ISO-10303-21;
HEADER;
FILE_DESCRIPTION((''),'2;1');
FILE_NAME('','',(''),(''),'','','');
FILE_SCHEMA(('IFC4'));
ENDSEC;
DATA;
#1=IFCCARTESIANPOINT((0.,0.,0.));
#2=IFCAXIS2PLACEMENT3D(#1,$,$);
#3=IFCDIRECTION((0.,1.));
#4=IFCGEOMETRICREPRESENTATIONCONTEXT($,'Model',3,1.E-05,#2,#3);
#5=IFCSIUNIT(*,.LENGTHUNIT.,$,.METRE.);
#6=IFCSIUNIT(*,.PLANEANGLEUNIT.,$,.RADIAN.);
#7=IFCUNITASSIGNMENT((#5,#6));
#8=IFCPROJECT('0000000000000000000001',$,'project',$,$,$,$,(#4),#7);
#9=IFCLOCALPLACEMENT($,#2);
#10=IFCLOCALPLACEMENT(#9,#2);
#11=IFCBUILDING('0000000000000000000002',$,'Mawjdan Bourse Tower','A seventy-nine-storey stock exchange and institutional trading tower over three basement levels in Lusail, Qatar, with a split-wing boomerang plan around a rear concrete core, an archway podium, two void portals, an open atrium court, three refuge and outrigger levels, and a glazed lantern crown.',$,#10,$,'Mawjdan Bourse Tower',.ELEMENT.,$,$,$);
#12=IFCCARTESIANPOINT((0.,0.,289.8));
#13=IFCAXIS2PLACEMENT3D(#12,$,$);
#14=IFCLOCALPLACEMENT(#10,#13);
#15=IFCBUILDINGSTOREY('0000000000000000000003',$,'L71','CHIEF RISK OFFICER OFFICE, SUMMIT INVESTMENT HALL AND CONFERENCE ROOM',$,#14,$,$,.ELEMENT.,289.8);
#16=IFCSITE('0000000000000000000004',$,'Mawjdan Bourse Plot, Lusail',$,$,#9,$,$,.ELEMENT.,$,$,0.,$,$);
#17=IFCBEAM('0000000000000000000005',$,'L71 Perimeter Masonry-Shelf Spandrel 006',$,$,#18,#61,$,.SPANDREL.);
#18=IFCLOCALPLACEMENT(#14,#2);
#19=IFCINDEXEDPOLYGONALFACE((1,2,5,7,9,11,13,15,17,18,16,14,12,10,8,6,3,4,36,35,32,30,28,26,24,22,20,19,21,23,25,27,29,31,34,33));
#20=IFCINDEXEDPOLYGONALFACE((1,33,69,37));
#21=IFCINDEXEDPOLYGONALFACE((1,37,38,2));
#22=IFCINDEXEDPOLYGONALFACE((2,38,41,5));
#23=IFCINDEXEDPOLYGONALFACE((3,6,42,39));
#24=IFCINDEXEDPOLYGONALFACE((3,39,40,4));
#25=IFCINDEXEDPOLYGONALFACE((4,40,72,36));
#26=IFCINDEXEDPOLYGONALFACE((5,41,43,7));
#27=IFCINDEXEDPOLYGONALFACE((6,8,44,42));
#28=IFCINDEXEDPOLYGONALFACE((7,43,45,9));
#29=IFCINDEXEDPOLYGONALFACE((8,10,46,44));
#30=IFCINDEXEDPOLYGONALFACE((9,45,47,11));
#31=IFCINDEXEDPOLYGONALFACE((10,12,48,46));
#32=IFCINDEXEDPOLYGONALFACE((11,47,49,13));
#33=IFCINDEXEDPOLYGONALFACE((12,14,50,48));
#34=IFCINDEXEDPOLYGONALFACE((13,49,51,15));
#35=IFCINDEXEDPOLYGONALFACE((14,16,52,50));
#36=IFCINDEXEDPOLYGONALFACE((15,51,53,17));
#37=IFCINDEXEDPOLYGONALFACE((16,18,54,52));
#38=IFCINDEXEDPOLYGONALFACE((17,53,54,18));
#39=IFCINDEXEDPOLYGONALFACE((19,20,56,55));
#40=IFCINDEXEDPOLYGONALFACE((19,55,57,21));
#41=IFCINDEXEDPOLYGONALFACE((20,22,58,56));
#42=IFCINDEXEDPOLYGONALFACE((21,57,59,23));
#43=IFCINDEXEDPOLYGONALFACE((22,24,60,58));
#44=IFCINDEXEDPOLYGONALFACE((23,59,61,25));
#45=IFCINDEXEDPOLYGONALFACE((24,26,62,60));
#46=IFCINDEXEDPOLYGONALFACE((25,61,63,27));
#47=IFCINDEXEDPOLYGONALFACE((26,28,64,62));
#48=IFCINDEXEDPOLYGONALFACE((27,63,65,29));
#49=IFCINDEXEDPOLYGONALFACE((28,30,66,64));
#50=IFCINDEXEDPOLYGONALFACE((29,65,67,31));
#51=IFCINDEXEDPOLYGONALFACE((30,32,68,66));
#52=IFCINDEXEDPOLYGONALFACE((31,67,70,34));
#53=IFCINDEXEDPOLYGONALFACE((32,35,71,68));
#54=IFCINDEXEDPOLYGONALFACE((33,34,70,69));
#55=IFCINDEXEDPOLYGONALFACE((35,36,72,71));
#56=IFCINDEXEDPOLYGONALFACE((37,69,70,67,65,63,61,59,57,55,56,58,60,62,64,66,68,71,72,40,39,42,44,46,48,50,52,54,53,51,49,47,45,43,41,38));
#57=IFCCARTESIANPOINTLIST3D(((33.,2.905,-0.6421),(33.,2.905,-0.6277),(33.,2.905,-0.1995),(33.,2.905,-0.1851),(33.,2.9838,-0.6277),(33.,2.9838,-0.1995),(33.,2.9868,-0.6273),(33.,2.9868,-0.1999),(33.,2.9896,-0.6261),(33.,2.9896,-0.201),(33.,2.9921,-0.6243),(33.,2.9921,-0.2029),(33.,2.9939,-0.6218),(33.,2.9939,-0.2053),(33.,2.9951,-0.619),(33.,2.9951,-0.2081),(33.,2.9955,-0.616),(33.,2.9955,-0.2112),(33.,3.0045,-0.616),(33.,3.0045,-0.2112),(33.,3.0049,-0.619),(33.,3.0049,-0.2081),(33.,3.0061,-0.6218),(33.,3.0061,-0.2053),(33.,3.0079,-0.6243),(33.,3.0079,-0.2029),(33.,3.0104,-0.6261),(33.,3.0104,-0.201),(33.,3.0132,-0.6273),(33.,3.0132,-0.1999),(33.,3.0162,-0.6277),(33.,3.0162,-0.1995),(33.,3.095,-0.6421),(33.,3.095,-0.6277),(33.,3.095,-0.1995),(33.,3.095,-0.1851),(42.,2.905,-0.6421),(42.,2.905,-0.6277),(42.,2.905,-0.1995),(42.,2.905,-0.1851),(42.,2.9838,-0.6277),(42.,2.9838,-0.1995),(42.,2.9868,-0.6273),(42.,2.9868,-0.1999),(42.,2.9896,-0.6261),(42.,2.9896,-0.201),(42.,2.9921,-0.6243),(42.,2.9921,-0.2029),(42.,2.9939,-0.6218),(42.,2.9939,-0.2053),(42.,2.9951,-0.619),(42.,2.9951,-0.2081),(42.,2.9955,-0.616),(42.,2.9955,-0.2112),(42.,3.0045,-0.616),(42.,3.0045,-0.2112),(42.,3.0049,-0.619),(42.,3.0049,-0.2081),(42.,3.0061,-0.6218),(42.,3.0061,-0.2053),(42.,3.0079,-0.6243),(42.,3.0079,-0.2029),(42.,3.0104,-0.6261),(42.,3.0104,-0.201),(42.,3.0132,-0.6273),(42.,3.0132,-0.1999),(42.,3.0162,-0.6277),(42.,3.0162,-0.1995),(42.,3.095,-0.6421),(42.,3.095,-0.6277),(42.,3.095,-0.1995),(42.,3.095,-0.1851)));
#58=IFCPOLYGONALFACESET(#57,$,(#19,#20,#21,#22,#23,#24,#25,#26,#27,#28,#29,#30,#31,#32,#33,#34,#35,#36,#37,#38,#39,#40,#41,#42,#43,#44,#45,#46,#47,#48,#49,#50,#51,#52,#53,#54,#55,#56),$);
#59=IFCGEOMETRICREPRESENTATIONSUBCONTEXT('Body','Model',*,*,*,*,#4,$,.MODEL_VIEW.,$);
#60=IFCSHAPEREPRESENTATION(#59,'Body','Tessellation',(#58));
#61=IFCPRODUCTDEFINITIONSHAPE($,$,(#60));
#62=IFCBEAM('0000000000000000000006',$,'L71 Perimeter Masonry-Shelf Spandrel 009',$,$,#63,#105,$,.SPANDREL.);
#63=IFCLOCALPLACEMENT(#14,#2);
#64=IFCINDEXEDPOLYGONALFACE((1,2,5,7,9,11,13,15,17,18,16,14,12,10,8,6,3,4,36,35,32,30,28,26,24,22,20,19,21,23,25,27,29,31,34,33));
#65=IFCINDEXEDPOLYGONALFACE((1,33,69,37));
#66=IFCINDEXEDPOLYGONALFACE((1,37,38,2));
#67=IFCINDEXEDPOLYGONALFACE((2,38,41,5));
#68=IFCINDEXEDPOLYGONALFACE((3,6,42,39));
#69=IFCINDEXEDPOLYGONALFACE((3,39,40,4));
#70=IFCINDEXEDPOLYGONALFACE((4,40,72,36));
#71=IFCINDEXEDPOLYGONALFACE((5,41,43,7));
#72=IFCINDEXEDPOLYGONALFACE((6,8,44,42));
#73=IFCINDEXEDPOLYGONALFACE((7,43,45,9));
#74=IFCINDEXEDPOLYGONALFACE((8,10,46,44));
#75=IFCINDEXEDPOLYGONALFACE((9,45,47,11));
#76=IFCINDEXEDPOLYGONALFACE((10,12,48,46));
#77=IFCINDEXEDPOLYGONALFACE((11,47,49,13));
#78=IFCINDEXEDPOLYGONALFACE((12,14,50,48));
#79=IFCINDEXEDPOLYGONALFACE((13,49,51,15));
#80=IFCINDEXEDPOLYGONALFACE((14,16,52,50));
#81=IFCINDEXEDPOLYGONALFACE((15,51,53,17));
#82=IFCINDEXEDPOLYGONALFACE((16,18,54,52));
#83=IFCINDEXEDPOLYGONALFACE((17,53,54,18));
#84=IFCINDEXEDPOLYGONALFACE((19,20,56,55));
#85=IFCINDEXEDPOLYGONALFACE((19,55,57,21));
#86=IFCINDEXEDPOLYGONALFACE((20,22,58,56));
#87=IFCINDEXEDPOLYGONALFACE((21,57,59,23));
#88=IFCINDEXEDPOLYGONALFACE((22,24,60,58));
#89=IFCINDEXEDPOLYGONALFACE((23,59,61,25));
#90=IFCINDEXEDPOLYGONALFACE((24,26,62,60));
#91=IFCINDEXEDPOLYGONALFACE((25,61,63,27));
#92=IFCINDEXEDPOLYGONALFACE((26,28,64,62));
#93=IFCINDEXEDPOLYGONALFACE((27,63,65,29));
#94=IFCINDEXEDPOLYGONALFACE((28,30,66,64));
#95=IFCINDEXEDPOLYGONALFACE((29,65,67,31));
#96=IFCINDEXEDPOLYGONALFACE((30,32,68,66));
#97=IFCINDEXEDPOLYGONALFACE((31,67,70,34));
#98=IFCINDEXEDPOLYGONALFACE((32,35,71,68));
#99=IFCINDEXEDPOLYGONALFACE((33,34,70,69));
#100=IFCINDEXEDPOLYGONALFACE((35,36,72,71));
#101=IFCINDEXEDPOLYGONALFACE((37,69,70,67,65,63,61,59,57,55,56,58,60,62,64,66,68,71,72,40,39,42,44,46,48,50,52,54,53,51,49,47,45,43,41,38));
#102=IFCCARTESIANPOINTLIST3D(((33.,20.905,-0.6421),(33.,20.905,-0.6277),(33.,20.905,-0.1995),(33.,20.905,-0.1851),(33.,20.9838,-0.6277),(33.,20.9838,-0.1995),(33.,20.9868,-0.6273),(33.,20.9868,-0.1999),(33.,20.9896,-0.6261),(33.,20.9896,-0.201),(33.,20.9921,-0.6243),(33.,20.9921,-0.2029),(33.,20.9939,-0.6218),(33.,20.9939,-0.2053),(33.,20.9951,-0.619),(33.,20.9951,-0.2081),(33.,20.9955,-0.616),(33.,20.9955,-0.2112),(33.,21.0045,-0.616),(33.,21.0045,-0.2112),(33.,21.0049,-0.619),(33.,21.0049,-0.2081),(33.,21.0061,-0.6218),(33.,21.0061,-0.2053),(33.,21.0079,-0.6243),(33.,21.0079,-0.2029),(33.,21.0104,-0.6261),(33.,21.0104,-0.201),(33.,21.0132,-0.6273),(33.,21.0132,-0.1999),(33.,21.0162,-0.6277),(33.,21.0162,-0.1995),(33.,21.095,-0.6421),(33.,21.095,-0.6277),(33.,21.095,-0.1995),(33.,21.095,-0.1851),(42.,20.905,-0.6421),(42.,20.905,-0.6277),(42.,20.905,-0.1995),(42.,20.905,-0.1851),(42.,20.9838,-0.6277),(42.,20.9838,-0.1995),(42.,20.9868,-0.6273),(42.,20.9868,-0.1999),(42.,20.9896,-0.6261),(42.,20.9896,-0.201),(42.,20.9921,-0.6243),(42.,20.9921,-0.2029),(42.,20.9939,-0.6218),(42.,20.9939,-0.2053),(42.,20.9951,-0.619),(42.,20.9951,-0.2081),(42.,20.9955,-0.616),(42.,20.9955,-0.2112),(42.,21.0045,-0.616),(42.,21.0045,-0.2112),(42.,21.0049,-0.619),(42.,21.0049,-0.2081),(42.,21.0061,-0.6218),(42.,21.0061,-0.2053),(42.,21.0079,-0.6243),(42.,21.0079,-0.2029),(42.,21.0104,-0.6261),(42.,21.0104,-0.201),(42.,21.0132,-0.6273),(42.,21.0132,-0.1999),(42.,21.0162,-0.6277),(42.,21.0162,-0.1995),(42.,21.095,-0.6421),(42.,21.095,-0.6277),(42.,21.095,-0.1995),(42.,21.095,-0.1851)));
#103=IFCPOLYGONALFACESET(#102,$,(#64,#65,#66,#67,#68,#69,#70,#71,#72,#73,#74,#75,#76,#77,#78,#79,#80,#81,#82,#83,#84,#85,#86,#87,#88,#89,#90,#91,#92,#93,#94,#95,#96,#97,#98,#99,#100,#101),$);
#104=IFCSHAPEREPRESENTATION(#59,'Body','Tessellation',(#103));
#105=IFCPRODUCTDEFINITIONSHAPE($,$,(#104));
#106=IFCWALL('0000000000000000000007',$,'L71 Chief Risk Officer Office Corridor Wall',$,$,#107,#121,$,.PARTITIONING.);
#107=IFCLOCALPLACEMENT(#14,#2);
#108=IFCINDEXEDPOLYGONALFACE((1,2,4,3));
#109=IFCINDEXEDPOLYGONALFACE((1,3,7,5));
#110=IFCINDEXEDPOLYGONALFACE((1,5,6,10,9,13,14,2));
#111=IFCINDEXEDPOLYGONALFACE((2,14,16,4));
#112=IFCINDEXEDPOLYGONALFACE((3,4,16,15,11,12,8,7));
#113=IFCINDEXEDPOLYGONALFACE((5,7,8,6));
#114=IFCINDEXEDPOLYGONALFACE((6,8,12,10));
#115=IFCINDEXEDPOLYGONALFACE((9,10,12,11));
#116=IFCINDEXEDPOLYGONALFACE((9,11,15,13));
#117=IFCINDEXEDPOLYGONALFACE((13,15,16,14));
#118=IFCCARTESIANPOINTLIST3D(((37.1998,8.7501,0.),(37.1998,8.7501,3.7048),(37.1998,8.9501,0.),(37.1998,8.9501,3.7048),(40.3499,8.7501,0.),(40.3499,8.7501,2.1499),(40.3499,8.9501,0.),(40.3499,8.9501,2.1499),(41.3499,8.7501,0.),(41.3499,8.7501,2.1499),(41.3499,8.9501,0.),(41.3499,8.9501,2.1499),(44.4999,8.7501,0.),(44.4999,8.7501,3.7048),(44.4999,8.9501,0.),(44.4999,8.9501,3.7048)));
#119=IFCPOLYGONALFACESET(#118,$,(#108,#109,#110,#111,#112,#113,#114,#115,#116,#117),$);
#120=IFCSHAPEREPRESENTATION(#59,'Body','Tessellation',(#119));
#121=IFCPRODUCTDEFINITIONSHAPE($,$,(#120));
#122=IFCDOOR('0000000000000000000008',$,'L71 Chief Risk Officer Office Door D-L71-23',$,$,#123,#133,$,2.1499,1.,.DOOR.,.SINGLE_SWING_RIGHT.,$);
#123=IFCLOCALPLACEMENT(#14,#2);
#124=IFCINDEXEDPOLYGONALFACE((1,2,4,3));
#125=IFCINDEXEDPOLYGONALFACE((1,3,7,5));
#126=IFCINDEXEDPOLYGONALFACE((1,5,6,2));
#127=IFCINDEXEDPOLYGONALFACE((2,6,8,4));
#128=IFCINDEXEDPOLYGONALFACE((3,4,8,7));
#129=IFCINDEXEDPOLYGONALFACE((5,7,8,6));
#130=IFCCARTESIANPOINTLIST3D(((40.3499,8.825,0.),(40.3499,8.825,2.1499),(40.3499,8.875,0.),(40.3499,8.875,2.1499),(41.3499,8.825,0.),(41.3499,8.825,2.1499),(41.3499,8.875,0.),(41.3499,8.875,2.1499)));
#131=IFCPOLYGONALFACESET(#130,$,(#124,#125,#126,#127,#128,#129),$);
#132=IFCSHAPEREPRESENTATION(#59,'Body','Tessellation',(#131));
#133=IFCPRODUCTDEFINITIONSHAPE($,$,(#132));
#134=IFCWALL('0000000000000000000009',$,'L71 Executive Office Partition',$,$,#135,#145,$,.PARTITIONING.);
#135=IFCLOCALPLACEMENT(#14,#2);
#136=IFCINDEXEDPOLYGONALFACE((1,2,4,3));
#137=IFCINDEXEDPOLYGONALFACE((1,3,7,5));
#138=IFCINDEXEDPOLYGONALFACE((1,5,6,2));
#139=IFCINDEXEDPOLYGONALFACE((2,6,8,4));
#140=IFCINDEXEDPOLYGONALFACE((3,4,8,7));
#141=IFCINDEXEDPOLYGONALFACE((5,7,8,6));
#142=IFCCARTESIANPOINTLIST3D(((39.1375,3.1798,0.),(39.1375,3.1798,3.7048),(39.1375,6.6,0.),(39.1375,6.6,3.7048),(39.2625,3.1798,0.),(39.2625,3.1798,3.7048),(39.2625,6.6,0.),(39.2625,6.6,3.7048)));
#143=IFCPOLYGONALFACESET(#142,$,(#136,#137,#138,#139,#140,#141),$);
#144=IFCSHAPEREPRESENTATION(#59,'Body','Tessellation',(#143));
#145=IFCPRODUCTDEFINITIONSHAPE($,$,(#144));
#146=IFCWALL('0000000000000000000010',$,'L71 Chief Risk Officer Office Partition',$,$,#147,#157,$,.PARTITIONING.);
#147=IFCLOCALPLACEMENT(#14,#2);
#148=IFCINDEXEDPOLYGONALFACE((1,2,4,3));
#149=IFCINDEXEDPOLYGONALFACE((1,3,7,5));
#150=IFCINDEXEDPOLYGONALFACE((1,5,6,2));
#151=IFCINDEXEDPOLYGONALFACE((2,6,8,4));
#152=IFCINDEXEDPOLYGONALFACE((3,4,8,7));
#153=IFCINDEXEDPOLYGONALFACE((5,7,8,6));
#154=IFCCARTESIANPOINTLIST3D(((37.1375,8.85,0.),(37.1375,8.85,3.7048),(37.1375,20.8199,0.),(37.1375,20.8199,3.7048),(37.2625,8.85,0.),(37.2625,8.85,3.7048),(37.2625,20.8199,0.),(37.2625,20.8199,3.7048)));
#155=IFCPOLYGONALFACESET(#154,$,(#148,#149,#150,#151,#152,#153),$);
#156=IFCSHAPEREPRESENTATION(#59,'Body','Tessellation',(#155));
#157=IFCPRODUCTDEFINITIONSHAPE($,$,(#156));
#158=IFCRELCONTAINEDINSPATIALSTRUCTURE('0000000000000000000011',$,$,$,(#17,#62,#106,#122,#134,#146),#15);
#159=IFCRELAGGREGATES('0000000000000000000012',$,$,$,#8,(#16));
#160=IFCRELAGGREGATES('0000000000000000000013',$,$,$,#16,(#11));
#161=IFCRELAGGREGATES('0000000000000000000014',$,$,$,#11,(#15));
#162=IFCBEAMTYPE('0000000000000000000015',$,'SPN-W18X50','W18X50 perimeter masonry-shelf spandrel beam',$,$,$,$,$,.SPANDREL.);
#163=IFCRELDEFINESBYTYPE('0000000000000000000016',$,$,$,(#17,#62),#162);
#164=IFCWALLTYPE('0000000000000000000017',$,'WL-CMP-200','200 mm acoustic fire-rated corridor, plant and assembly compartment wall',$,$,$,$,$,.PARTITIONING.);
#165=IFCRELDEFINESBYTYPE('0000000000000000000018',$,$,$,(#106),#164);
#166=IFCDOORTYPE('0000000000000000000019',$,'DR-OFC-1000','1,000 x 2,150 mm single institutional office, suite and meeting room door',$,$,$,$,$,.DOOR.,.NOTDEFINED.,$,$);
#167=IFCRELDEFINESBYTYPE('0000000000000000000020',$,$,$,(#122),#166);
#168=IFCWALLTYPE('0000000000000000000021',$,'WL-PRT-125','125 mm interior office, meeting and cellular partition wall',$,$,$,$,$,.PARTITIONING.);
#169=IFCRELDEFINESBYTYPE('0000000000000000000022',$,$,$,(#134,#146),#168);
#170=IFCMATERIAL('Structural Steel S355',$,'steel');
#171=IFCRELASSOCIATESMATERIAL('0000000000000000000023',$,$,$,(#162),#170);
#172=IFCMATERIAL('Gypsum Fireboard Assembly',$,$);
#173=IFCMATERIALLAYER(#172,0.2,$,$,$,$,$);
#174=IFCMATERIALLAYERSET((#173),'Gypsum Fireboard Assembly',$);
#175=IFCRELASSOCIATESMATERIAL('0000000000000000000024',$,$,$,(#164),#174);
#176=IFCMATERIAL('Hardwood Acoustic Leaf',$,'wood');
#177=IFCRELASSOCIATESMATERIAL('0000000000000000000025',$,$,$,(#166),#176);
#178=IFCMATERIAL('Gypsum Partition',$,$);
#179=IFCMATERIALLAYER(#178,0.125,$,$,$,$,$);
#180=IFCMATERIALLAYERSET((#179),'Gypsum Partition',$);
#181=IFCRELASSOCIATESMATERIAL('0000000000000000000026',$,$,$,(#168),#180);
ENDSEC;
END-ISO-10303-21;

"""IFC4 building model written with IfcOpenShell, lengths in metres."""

from ifc_helpers import new_model, si_unit, direction, frame, frame_2d, origin, origin_2d, place, context, subcontext, project, spatial, rectangle, i_section, extrude, material, layer, layer_set, material_profile, profile_set, type_object, element, fill, save


model = new_model("IFC4")

# Units and contexts
model_context = context("Model", 3, precision=1e-05, world=origin(), true_north=direction((0.0, 1.0)))
body_context = subcontext(model_context, "Body", "Model", "MODEL_VIEW")
ifc_project = project(units=[si_unit("LENGTHUNIT", "METRE"), si_unit("PLANEANGLEUNIT", "RADIAN")], contexts=[model_context])

# Site, building, storey
site_placement = place(None, origin())
site = spatial("IfcSite", under=ifc_project, at=site_placement, Name="Mawjdan Bourse Plot, Lusail", CompositionType="ELEMENT", RefElevation=0.0)
building_placement = place(site_placement, origin())
building = spatial("IfcBuilding", under=site, at=building_placement, Name="Mawjdan Bourse Tower", Description="A seventy-nine-storey stock exchange and institutional trading tower over three basement levels in Lusail, Qatar, with a split-wing boomerang plan around a rear concrete core, an archway podium, two void portals, an open atrium court, three refuge and outrigger levels, and a glazed lantern crown.", LongName="Mawjdan Bourse Tower", CompositionType="ELEMENT")
storey_placement = place(building_placement, frame((0.0, 0.0, 289.8)))
storey = spatial("IfcBuildingStorey", under=building, at=storey_placement, Name="L71", Description="CHIEF RISK OFFICER OFFICE, SUMMIT INVESTMENT HALL AND CONFERENCE ROOM", CompositionType="ELEMENT", Elevation=289.8)

# Beams
ifc_material_1 = material(Name="Structural Steel S355", Category="steel")
ifc_material_profile_1 = material_profile(ifc_material_1, i_section(OverallWidth=0.1899, OverallDepth=0.457, WebThickness=0.009, FlangeThickness=0.0144, FilletRadius=0.0117, at=origin_2d()), Name="W18X50")
ifc_profile_set_1 = profile_set([ifc_material_profile_1], Name="Structural Steel S355")
beam_type_1 = type_object("IfcBeamType", Name="SPN-W18X50", Description="W18X50 perimeter masonry-shelf spandrel beam", PredefinedType="SPANDREL", material=ifc_profile_set_1)
for number, where, z_axis, x_axis, name in (
    (1, (33.0, 3.0, -0.4136), (1.0, 0.0, 0.0), (0.0, 1.0, 0.0), "L71 Perimeter Masonry-Shelf Spandrel 006"),
    (2, (33.0, 21.0, -0.4136), (1.0, 0.0, 0.0), (0.0, 1.0, 0.0), "L71 Perimeter Masonry-Shelf Spandrel 009"),
):
    element("IfcBeam", number, at=place(storey_placement, frame(where, z_axis=z_axis, x_axis=x_axis)), inside=storey, type_object=beam_type_1, Name=name, PredefinedType="SPANDREL", context=body_context, shape_type="SweptSolid", body=[
        extrude(i_section(OverallWidth=0.1899, OverallDepth=0.457, WebThickness=0.009, FlangeThickness=0.0144, FilletRadius=0.0117, at=origin_2d()), origin(), (0.0, 0.0, 1.0), 9.0),
    ])

# Wall, opening, door
ifc_material_2 = material(Name="Gypsum Fireboard Assembly")
ifc_layer_1 = layer(ifc_material_2, 0.2)
ifc_layer_set_1 = layer_set([ifc_layer_1], Name="Gypsum Fireboard Assembly")
wall_type_1 = type_object("IfcWallType", Name="WL-CMP-200", Description="200 mm acoustic fire-rated corridor, plant and assembly compartment wall", PredefinedType="PARTITIONING", material=ifc_layer_set_1)
ifc_material_3 = material(Name="Hardwood Acoustic Leaf", Category="wood")
door_type = type_object("IfcDoorType", Name="DR-OFC-1000", Description="1,000 x 2,150 mm single institutional office, suite and meeting room door", OperationType="NOTDEFINED", PredefinedType="DOOR", material=ifc_material_3)
wall_1_placement = place(storey_placement, frame((37.2, 8.8501, 0.0), z_axis=(0.0, 0.0, 1.0), x_axis=(1.0, 0.0, 0.0)))
wall_1 = element("IfcWall", 3, at=wall_1_placement, inside=storey, type_object=wall_type_1, Name="L71 Chief Risk Officer Office Corridor Wall", PredefinedType="PARTITIONING", context=body_context, shape_type="SweptSolid", body=[
    extrude(rectangle(XDim=7.3, YDim=0.2, at=frame_2d((3.6499, 0.0))), origin(), (0.0, 0.0, 1.0), 3.7048),
])
opening_1_placement = place(wall_1_placement, frame((3.1499, 0.0, 0.0)))
opening_1 = element("IfcOpeningElement", 4, at=opening_1_placement, cuts=wall_1, PredefinedType="OPENING", context=body_context, shape_type="SweptSolid", body=[
    extrude(rectangle(XDim=1.0, YDim=2.1499, at=frame_2d((0.5, 1.075))), frame((0.0, 0.1099, 0.0), z_axis=(0.0, -1.0, 0.0), x_axis=(1.0, 0.0, 0.0)), (0.0, 0.0, 1.0), 0.22),
])
door_1_placement = place(opening_1_placement, origin())
door_1 = element("IfcDoor", 5, at=door_1_placement, inside=storey, type_object=door_type, Name="L71 Chief Risk Officer Office Door D-L71-23", OperationType="SINGLE_SWING_RIGHT", OverallHeight=2.1499, OverallWidth=1.0, PredefinedType="DOOR", context=body_context, shape_type="SweptSolid", body=[
    extrude(rectangle(XDim=1.0, YDim=2.1499, at=frame_2d((0.5, 1.075))), frame((0.0, 0.0249, 0.0), z_axis=(0.0, -1.0, 0.0), x_axis=(1.0, 0.0, 0.0)), (0.0, 0.0, 1.0), 0.05),
])
fill(opening_1, door_1)

# Walls
ifc_material_4 = material(Name="Gypsum Partition")
ifc_layer_2 = layer(ifc_material_4, 0.125)
ifc_layer_set_2 = layer_set([ifc_layer_2], Name="Gypsum Partition")
wall_type_2 = type_object("IfcWallType", Name="WL-PRT-125", Description="125 mm interior office, meeting and cellular partition wall", PredefinedType="PARTITIONING", material=ifc_layer_set_2)
wall_2_placement = place(storey_placement, frame((39.2, 3.1799, 0.0), z_axis=(0.0, 0.0, 1.0), x_axis=(0.0, 1.0, 0.0)))
element("IfcWall", 6, at=wall_2_placement, inside=storey, type_object=wall_type_2, Name="L71 Executive Office Partition", PredefinedType="PARTITIONING", context=body_context, shape_type="SweptSolid", body=[
    extrude(rectangle(XDim=3.4202, YDim=0.125, at=frame_2d((1.71, 0.0))), origin(), (0.0, 0.0, 1.0), 3.7048),
])
wall_3_placement = place(storey_placement, frame((37.2, 8.8501, 0.0), z_axis=(0.0, 0.0, 1.0), x_axis=(0.0, 1.0, 0.0)))
element("IfcWall", 7, at=wall_3_placement, inside=storey, type_object=wall_type_2, Name="L71 Chief Risk Officer Office Partition", PredefinedType="PARTITIONING", context=body_context, shape_type="SweptSolid", body=[
    extrude(rectangle(XDim=11.97, YDim=0.125, at=frame_2d((5.9849, 0.0))), origin(), (0.0, 0.0, 1.0), 3.7048),
])

save(model, "model.ifc")
